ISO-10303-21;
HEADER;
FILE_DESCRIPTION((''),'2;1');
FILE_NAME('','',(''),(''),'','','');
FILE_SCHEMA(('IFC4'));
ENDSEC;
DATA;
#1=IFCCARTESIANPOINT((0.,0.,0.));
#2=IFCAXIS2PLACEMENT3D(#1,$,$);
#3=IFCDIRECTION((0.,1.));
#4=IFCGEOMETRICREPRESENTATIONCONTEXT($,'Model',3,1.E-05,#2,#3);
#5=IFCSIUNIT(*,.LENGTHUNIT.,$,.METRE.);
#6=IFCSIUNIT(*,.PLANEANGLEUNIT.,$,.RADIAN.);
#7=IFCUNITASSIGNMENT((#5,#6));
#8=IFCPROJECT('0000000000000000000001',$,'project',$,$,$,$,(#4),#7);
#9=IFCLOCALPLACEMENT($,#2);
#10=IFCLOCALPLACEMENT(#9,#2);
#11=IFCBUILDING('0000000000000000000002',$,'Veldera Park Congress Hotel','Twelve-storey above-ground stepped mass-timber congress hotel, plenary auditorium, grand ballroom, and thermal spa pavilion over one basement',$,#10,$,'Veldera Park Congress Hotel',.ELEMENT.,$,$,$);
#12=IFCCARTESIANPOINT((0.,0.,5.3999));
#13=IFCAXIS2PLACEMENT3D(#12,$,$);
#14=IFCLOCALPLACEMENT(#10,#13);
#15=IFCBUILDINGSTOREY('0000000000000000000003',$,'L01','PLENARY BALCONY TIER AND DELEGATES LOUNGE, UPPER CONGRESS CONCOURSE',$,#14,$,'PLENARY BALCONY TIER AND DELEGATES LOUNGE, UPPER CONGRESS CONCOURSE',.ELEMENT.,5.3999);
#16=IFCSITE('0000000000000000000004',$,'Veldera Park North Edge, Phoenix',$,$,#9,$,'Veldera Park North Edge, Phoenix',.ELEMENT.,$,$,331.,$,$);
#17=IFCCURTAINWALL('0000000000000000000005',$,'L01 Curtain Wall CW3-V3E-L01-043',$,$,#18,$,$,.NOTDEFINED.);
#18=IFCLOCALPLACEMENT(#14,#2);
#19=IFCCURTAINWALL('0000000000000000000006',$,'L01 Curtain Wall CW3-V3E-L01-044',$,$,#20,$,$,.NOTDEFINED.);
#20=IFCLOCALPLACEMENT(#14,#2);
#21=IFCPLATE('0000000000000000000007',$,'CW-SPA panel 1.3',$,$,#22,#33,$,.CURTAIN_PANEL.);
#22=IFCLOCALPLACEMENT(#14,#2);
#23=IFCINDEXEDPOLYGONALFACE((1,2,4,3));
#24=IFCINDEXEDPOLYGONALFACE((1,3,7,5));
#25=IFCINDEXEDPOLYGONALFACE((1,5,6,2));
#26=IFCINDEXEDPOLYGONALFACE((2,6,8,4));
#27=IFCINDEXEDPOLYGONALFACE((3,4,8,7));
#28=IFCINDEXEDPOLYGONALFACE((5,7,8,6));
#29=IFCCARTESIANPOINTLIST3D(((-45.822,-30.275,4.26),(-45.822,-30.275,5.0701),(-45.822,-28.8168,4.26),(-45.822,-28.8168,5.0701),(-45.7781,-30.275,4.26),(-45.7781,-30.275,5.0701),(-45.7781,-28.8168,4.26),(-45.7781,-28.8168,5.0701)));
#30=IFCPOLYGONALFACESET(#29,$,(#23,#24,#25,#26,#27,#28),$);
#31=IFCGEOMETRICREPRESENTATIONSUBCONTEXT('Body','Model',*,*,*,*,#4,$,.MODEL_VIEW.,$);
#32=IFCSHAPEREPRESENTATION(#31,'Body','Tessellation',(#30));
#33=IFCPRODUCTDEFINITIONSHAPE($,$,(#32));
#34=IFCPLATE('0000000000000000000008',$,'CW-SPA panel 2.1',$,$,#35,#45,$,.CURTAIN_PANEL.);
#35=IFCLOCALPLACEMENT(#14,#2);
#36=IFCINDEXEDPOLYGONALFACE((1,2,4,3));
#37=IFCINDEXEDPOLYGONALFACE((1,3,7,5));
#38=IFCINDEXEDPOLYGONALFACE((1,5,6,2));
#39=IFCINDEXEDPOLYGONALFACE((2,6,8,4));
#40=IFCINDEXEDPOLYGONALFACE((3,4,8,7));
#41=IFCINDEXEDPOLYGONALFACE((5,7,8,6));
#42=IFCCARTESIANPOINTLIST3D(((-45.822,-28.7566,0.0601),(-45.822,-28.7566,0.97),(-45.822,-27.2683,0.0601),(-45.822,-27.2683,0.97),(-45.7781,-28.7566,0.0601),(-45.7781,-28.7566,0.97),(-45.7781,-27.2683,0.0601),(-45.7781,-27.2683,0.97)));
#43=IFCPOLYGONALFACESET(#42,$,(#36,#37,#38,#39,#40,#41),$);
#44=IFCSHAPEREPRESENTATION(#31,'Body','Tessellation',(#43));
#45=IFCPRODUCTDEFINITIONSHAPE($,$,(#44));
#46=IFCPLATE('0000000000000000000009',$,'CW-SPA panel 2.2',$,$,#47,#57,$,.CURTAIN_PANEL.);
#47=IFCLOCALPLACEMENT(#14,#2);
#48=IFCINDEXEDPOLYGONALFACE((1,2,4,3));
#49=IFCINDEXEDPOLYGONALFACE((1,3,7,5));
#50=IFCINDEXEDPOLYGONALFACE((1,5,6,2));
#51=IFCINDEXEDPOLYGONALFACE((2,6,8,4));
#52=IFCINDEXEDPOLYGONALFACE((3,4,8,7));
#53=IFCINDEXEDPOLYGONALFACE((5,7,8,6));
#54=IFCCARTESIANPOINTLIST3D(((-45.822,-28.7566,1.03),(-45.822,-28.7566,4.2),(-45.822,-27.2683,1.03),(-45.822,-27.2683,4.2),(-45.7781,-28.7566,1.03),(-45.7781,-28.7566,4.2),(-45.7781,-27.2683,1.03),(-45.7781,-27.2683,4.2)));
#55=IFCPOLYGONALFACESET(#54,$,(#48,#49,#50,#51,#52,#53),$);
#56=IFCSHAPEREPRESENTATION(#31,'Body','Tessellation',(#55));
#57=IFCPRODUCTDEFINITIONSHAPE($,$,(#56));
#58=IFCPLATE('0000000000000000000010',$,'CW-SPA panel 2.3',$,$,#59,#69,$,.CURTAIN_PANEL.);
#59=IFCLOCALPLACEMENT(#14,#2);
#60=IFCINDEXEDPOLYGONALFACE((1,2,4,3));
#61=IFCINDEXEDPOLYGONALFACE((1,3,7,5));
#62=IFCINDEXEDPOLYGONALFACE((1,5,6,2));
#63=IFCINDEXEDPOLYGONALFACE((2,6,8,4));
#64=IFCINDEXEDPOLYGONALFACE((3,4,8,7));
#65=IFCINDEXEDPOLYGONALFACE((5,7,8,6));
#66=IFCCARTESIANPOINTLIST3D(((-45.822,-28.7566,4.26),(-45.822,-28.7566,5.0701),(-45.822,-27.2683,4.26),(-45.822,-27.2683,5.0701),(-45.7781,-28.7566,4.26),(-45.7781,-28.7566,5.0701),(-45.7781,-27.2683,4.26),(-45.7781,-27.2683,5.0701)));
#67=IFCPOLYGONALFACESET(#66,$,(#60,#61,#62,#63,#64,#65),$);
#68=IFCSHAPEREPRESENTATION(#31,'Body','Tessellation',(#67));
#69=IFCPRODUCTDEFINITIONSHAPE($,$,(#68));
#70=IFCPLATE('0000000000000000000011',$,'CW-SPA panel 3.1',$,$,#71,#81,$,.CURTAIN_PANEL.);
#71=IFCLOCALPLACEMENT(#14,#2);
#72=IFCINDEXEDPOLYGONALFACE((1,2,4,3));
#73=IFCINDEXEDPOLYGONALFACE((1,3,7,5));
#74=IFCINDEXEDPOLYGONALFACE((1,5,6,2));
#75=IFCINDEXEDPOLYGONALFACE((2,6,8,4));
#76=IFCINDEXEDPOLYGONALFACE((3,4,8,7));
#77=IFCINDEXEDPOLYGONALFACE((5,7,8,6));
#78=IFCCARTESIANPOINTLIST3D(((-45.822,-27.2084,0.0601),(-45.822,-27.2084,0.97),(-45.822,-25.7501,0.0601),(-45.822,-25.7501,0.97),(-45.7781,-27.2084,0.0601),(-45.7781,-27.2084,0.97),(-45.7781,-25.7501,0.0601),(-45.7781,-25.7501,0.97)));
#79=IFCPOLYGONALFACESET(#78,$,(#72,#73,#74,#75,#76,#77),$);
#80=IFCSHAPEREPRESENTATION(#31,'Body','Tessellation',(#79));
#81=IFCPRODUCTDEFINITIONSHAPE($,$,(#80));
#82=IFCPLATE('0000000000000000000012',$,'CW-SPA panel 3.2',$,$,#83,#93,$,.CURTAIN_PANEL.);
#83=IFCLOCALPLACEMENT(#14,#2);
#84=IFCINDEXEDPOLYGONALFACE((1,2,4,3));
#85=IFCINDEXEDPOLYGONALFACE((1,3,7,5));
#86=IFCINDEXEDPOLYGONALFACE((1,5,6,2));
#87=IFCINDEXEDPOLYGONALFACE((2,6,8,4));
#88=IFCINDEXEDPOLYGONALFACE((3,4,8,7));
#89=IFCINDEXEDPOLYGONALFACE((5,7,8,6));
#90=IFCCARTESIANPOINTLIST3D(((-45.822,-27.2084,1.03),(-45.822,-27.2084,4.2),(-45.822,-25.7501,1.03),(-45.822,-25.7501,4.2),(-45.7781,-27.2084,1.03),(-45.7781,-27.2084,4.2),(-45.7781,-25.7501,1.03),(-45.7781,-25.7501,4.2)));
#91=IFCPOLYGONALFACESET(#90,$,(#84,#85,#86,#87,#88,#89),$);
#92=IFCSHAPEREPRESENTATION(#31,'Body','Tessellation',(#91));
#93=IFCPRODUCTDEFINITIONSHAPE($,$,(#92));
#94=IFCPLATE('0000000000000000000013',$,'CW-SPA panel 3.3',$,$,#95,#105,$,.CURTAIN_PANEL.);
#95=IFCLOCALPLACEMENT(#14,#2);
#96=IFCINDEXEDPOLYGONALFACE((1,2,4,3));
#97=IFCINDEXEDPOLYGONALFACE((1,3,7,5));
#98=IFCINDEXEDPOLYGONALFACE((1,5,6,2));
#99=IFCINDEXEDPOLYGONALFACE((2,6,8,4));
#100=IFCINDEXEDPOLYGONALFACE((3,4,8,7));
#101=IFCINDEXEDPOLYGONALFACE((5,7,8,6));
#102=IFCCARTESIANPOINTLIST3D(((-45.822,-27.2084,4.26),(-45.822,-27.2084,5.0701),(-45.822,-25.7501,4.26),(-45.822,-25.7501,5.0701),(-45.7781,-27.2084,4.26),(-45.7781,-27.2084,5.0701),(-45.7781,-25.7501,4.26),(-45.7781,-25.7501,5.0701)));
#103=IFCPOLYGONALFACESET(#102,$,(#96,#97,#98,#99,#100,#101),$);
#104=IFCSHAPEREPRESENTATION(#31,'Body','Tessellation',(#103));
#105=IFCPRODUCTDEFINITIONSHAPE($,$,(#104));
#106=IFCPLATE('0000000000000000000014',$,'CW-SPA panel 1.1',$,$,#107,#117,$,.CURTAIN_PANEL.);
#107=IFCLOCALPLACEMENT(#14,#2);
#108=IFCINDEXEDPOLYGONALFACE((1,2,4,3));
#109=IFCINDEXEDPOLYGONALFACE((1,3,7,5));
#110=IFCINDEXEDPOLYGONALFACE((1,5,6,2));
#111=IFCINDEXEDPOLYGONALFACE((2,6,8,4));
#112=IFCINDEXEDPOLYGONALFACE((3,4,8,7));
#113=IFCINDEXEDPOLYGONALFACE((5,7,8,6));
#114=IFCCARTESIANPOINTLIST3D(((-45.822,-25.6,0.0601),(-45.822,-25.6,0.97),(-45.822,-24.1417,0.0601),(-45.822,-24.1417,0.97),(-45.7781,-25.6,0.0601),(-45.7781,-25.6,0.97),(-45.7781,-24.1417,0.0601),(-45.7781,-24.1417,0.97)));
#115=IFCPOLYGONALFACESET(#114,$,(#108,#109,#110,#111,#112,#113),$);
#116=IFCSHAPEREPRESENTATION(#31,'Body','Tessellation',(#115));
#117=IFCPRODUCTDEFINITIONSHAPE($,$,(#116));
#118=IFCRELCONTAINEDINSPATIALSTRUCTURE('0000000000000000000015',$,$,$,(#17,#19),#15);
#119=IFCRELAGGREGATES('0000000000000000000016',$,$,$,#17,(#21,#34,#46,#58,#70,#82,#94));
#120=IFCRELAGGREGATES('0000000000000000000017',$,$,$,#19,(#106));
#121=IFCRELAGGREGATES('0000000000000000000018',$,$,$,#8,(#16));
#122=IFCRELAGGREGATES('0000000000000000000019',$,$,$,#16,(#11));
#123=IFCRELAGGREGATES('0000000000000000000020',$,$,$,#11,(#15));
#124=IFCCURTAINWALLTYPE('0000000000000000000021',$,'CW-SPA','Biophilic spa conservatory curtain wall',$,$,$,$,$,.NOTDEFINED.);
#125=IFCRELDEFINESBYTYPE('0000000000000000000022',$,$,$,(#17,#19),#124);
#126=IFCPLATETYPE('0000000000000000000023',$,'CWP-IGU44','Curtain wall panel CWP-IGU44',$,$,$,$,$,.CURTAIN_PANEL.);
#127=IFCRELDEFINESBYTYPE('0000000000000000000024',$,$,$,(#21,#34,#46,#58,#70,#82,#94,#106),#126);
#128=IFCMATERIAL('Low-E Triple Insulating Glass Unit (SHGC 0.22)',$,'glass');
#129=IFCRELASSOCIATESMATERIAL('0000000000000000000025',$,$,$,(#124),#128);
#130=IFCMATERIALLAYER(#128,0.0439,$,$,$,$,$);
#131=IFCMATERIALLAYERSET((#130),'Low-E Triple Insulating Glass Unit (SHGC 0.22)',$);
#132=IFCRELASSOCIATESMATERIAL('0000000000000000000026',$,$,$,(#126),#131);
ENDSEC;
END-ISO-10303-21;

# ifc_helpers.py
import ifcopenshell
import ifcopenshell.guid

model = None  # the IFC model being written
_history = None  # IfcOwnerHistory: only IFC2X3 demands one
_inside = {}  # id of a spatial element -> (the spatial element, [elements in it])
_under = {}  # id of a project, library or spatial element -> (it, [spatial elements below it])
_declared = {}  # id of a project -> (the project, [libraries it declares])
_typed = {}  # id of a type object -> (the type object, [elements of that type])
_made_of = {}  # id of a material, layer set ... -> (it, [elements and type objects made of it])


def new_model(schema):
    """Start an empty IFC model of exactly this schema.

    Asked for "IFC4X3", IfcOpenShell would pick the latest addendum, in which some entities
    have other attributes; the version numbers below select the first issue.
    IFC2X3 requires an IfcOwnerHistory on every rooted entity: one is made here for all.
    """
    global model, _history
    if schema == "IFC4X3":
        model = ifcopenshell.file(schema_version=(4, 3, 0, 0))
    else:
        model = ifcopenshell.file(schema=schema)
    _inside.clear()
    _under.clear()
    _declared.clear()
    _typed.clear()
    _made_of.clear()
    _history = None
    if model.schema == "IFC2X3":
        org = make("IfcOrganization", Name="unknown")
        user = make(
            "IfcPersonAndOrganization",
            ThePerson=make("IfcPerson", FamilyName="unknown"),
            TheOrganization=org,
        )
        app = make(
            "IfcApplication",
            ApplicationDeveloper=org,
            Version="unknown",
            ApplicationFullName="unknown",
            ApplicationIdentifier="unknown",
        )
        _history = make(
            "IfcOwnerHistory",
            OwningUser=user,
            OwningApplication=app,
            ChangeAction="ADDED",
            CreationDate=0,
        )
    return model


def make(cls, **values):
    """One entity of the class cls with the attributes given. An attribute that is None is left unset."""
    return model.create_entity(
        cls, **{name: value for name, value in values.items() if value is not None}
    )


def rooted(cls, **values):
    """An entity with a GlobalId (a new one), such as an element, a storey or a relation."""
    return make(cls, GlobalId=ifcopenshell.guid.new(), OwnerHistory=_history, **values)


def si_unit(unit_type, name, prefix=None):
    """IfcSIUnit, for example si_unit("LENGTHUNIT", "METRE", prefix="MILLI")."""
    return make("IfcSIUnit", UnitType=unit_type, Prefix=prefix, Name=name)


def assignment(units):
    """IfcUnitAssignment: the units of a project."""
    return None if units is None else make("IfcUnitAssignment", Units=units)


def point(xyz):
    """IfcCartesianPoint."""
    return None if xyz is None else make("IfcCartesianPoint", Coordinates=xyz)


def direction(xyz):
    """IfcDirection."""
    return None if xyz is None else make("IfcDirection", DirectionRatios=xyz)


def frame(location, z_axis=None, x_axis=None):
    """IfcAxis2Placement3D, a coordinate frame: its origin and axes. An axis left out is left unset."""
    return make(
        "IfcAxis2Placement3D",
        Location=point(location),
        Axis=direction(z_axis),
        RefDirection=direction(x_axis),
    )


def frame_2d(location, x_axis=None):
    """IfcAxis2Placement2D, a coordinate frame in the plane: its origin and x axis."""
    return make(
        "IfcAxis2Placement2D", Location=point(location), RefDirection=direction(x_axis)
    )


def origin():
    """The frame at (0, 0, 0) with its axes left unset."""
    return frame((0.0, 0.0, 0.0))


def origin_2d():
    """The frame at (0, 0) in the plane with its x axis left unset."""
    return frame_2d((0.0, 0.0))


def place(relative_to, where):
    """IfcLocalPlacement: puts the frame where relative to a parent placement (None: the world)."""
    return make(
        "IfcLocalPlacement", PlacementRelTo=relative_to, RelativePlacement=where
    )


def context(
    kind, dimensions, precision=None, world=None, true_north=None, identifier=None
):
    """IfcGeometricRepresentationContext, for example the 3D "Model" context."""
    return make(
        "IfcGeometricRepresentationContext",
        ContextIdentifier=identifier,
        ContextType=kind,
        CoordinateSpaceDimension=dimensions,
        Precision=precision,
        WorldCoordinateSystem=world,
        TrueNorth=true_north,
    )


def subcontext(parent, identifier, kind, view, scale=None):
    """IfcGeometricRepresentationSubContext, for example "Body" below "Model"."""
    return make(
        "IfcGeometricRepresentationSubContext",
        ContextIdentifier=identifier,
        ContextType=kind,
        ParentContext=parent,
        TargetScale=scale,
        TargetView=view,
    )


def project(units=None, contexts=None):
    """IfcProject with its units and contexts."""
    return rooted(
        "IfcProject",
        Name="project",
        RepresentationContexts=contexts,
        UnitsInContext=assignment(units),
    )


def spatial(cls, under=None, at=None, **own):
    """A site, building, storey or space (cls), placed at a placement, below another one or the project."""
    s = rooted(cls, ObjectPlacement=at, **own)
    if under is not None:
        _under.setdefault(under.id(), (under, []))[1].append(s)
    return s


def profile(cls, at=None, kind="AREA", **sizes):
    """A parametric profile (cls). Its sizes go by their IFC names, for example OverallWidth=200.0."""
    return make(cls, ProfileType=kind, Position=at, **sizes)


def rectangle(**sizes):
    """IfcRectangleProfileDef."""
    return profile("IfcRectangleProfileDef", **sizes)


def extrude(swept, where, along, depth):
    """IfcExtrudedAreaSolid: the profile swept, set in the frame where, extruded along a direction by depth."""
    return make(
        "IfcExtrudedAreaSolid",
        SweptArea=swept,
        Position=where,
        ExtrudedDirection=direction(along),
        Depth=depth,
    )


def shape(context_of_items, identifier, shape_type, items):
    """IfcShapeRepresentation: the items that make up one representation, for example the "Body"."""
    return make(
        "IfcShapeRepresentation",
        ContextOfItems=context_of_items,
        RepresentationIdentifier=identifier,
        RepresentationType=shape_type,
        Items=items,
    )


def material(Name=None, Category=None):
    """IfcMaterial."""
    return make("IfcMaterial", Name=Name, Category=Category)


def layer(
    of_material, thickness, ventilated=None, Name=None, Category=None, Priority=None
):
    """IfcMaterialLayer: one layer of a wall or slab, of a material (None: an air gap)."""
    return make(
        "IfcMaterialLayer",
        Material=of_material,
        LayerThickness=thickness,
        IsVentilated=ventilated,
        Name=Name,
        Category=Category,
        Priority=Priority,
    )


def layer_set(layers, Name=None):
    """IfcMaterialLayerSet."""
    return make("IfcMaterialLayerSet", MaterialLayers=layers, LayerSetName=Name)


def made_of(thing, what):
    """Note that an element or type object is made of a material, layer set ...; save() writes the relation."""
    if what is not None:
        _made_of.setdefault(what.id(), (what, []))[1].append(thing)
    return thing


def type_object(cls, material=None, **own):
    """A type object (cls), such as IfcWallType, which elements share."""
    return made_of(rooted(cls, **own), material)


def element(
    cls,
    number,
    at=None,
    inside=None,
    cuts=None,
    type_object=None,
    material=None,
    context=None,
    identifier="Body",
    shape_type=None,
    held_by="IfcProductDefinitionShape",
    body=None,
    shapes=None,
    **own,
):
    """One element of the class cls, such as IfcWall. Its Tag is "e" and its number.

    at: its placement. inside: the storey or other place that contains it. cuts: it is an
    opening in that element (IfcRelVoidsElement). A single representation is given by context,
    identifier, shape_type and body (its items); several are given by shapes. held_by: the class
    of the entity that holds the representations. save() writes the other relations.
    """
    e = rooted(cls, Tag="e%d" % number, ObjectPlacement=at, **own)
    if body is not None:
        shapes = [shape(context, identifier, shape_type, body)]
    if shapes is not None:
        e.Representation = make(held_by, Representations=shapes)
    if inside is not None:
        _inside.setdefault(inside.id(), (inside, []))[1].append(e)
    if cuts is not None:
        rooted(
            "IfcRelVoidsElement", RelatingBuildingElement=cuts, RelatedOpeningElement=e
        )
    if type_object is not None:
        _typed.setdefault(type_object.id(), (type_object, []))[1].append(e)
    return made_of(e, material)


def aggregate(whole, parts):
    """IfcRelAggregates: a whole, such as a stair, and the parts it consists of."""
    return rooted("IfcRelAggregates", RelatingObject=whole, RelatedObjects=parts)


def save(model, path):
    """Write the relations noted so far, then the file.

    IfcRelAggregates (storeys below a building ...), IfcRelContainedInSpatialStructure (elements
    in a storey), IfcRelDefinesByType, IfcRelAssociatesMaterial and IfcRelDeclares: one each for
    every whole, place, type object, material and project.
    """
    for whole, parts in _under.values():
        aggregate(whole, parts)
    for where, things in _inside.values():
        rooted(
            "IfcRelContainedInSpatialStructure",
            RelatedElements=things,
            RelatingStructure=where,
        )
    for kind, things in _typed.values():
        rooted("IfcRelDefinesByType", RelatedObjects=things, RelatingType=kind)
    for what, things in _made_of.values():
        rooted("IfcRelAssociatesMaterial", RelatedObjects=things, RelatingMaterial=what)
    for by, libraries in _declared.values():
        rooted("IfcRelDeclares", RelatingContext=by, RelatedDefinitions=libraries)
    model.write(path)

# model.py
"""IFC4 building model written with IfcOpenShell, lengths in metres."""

from ifc_helpers import new_model, si_unit, direction, frame, origin, origin_2d, place, context, subcontext, project, spatial, rectangle, extrude, material, layer, layer_set, type_object, element, aggregate, save


model = new_model("IFC4")

# Units and contexts
model_context = context("Model", 3, precision=1e-05, world=origin(), true_north=direction((0.0, 1.0)))
body_context = subcontext(model_context, "Body", "Model", "MODEL_VIEW")
ifc_project = project(units=[si_unit("LENGTHUNIT", "METRE"), si_unit("PLANEANGLEUNIT", "RADIAN")], contexts=[model_context])

# Site, building, storey
site_placement = place(None, origin())
site = spatial("IfcSite", under=ifc_project, at=site_placement, Name="Veldera Park North Edge, Phoenix", LongName="Veldera Park North Edge, Phoenix", CompositionType="ELEMENT", RefElevation=331.0)
building_placement = place(site_placement, origin())
building = spatial("IfcBuilding", under=site, at=building_placement, Name="Veldera Park Congress Hotel", Description="Twelve-storey above-ground stepped mass-timber congress hotel, plenary auditorium, grand ballroom, and thermal spa pavilion over one basement", LongName="Veldera Park Congress Hotel", CompositionType="ELEMENT")
storey_placement = place(building_placement, frame((0.0, 0.0, 5.3999)))
storey = spatial("IfcBuildingStorey", under=building, at=storey_placement, Name="L01", Description="PLENARY BALCONY TIER AND DELEGATES LOUNGE, UPPER CONGRESS CONCOURSE", LongName="PLENARY BALCONY TIER AND DELEGATES LOUNGE, UPPER CONGRESS CONCOURSE", CompositionType="ELEMENT", Elevation=5.3999)

# Shared definitions
ifc_material_1 = material(Name="Low-E Triple Insulating Glass Unit (SHGC 0.22)", Category="glass")
curtain_wall_type = type_object("IfcCurtainWallType", Name="CW-SPA", Description="Biophilic spa conservatory curtain wall", PredefinedType="NOTDEFINED", material=ifc_material_1)

# Curtain wall
curtain_wall_1_placement = place(storey_placement, origin())
curtain_wall_1 = element("IfcCurtainWall", 1, at=curtain_wall_1_placement, inside=storey, type_object=curtain_wall_type, Name="L01 Curtain Wall CW3-V3E-L01-043", PredefinedType="NOTDEFINED")

# Curtain wall
curtain_wall_2_placement = place(storey_placement, origin())
curtain_wall_2 = element("IfcCurtainWall", 2, at=curtain_wall_2_placement, inside=storey, type_object=curtain_wall_type, Name="L01 Curtain Wall CW3-V3E-L01-044", PredefinedType="NOTDEFINED")

# Plates
ifc_layer = layer(ifc_material_1, 0.0439)
ifc_layer_set = layer_set([ifc_layer], Name="Low-E Triple Insulating Glass Unit (SHGC 0.22)")
plate_type = type_object("IfcPlateType", Name="CWP-IGU44", Description="Curtain wall panel CWP-IGU44", PredefinedType="CURTAIN_PANEL", material=ifc_layer_set)
plate_1_placement = place(storey_placement, frame((-45.8, -29.5459, 4.26), z_axis=(0.0, 0.0, 1.0), x_axis=(0.0, 1.0, 0.0)))
plate_1 = element("IfcPlate", 3, at=plate_1_placement, type_object=plate_type, Name="CW-SPA panel 1.3", PredefinedType="CURTAIN_PANEL", context=body_context, shape_type="SweptSolid", body=[
    extrude(rectangle(XDim=1.4583, YDim=0.0439, at=origin_2d()), origin(), (0.0, 0.0, 1.0), 0.8101),
])
plate_2_placement = place(storey_placement, frame((-45.8, -28.0125, 0.0601), z_axis=(0.0, 0.0, 1.0), x_axis=(0.0, 1.0, 0.0)))
plate_2 = element("IfcPlate", 4, at=plate_2_placement, type_object=plate_type, Name="CW-SPA panel 2.1", PredefinedType="CURTAIN_PANEL", context=body_context, shape_type="SweptSolid", body=[
    extrude(rectangle(XDim=1.4883, YDim=0.0439, at=origin_2d()), origin(), (0.0, 0.0, 1.0), 0.9099),
])
plate_3_placement = place(storey_placement, frame((-45.8, -28.0125, 1.03), z_axis=(0.0, 0.0, 1.0), x_axis=(0.0, 1.0, 0.0)))
plate_3 = element("IfcPlate", 5, at=plate_3_placement, type_object=plate_type, Name="CW-SPA panel 2.2", PredefinedType="CURTAIN_PANEL", context=body_context, shape_type="SweptSolid", body=[
    extrude(rectangle(XDim=1.4883, YDim=0.0439, at=origin_2d()), origin(), (0.0, 0.0, 1.0), 3.1699),
])
plate_4_placement = place(storey_placement, frame((-45.8, -28.0125, 4.26), z_axis=(0.0, 0.0, 1.0), x_axis=(0.0, 1.0, 0.0)))
plate_4 = element("IfcPlate", 6, at=plate_4_placement, type_object=plate_type, Name="CW-SPA panel 2.3", PredefinedType="CURTAIN_PANEL", context=body_context, shape_type="SweptSolid", body=[
    extrude(rectangle(XDim=1.4883, YDim=0.0439, at=origin_2d()), origin(), (0.0, 0.0, 1.0), 0.8101),
])
plate_5_placement = place(storey_placement, frame((-45.8, -26.4792, 0.0601), z_axis=(0.0, 0.0, 1.0), x_axis=(0.0, 1.0, 0.0)))
plate_5 = element("IfcPlate", 7, at=plate_5_placement, type_object=plate_type, Name="CW-SPA panel 3.1", PredefinedType="CURTAIN_PANEL", context=body_context, shape_type="SweptSolid", body=[
    extrude(rectangle(XDim=1.4583, YDim=0.0439, at=origin_2d()), origin(), (0.0, 0.0, 1.0), 0.9099),
])
plate_6_placement = place(storey_placement, frame((-45.8, -26.4792, 1.03), z_axis=(0.0, 0.0, 1.0), x_axis=(0.0, 1.0, 0.0)))
plate_6 = element("IfcPlate", 8, at=plate_6_placement, type_object=plate_type, Name="CW-SPA panel 3.2", PredefinedType="CURTAIN_PANEL", context=body_context, shape_type="SweptSolid", body=[
    extrude(rectangle(XDim=1.4583, YDim=0.0439, at=origin_2d()), origin(), (0.0, 0.0, 1.0), 3.1699),
])
plate_7_placement = place(storey_placement, frame((-45.8, -26.4792, 4.26), z_axis=(0.0, 0.0, 1.0), x_axis=(0.0, 1.0, 0.0)))
plate_7 = element("IfcPlate", 9, at=plate_7_placement, type_object=plate_type, Name="CW-SPA panel 3.3", PredefinedType="CURTAIN_PANEL", context=body_context, shape_type="SweptSolid", body=[
    extrude(rectangle(XDim=1.4583, YDim=0.0439, at=origin_2d()), origin(), (0.0, 0.0, 1.0), 0.8101),
])
aggregate(curtain_wall_1, [plate_1, plate_2, plate_3, plate_4, plate_5, plate_6, plate_7])
plate_8_placement = place(storey_placement, frame((-45.8, -24.8708, 0.0601), z_axis=(0.0, 0.0, 1.0), x_axis=(0.0, 1.0, 0.0)))
plate_8 = element("IfcPlate", 10, at=plate_8_placement, type_object=plate_type, Name="CW-SPA panel 1.1", PredefinedType="CURTAIN_PANEL", context=body_context, shape_type="SweptSolid", body=[
    extrude(rectangle(XDim=1.4583, YDim=0.0439, at=origin_2d()), origin(), (0.0, 0.0, 1.0), 0.9099),
])
aggregate(curtain_wall_2, [plate_8])

save(model, "model.ifc")
